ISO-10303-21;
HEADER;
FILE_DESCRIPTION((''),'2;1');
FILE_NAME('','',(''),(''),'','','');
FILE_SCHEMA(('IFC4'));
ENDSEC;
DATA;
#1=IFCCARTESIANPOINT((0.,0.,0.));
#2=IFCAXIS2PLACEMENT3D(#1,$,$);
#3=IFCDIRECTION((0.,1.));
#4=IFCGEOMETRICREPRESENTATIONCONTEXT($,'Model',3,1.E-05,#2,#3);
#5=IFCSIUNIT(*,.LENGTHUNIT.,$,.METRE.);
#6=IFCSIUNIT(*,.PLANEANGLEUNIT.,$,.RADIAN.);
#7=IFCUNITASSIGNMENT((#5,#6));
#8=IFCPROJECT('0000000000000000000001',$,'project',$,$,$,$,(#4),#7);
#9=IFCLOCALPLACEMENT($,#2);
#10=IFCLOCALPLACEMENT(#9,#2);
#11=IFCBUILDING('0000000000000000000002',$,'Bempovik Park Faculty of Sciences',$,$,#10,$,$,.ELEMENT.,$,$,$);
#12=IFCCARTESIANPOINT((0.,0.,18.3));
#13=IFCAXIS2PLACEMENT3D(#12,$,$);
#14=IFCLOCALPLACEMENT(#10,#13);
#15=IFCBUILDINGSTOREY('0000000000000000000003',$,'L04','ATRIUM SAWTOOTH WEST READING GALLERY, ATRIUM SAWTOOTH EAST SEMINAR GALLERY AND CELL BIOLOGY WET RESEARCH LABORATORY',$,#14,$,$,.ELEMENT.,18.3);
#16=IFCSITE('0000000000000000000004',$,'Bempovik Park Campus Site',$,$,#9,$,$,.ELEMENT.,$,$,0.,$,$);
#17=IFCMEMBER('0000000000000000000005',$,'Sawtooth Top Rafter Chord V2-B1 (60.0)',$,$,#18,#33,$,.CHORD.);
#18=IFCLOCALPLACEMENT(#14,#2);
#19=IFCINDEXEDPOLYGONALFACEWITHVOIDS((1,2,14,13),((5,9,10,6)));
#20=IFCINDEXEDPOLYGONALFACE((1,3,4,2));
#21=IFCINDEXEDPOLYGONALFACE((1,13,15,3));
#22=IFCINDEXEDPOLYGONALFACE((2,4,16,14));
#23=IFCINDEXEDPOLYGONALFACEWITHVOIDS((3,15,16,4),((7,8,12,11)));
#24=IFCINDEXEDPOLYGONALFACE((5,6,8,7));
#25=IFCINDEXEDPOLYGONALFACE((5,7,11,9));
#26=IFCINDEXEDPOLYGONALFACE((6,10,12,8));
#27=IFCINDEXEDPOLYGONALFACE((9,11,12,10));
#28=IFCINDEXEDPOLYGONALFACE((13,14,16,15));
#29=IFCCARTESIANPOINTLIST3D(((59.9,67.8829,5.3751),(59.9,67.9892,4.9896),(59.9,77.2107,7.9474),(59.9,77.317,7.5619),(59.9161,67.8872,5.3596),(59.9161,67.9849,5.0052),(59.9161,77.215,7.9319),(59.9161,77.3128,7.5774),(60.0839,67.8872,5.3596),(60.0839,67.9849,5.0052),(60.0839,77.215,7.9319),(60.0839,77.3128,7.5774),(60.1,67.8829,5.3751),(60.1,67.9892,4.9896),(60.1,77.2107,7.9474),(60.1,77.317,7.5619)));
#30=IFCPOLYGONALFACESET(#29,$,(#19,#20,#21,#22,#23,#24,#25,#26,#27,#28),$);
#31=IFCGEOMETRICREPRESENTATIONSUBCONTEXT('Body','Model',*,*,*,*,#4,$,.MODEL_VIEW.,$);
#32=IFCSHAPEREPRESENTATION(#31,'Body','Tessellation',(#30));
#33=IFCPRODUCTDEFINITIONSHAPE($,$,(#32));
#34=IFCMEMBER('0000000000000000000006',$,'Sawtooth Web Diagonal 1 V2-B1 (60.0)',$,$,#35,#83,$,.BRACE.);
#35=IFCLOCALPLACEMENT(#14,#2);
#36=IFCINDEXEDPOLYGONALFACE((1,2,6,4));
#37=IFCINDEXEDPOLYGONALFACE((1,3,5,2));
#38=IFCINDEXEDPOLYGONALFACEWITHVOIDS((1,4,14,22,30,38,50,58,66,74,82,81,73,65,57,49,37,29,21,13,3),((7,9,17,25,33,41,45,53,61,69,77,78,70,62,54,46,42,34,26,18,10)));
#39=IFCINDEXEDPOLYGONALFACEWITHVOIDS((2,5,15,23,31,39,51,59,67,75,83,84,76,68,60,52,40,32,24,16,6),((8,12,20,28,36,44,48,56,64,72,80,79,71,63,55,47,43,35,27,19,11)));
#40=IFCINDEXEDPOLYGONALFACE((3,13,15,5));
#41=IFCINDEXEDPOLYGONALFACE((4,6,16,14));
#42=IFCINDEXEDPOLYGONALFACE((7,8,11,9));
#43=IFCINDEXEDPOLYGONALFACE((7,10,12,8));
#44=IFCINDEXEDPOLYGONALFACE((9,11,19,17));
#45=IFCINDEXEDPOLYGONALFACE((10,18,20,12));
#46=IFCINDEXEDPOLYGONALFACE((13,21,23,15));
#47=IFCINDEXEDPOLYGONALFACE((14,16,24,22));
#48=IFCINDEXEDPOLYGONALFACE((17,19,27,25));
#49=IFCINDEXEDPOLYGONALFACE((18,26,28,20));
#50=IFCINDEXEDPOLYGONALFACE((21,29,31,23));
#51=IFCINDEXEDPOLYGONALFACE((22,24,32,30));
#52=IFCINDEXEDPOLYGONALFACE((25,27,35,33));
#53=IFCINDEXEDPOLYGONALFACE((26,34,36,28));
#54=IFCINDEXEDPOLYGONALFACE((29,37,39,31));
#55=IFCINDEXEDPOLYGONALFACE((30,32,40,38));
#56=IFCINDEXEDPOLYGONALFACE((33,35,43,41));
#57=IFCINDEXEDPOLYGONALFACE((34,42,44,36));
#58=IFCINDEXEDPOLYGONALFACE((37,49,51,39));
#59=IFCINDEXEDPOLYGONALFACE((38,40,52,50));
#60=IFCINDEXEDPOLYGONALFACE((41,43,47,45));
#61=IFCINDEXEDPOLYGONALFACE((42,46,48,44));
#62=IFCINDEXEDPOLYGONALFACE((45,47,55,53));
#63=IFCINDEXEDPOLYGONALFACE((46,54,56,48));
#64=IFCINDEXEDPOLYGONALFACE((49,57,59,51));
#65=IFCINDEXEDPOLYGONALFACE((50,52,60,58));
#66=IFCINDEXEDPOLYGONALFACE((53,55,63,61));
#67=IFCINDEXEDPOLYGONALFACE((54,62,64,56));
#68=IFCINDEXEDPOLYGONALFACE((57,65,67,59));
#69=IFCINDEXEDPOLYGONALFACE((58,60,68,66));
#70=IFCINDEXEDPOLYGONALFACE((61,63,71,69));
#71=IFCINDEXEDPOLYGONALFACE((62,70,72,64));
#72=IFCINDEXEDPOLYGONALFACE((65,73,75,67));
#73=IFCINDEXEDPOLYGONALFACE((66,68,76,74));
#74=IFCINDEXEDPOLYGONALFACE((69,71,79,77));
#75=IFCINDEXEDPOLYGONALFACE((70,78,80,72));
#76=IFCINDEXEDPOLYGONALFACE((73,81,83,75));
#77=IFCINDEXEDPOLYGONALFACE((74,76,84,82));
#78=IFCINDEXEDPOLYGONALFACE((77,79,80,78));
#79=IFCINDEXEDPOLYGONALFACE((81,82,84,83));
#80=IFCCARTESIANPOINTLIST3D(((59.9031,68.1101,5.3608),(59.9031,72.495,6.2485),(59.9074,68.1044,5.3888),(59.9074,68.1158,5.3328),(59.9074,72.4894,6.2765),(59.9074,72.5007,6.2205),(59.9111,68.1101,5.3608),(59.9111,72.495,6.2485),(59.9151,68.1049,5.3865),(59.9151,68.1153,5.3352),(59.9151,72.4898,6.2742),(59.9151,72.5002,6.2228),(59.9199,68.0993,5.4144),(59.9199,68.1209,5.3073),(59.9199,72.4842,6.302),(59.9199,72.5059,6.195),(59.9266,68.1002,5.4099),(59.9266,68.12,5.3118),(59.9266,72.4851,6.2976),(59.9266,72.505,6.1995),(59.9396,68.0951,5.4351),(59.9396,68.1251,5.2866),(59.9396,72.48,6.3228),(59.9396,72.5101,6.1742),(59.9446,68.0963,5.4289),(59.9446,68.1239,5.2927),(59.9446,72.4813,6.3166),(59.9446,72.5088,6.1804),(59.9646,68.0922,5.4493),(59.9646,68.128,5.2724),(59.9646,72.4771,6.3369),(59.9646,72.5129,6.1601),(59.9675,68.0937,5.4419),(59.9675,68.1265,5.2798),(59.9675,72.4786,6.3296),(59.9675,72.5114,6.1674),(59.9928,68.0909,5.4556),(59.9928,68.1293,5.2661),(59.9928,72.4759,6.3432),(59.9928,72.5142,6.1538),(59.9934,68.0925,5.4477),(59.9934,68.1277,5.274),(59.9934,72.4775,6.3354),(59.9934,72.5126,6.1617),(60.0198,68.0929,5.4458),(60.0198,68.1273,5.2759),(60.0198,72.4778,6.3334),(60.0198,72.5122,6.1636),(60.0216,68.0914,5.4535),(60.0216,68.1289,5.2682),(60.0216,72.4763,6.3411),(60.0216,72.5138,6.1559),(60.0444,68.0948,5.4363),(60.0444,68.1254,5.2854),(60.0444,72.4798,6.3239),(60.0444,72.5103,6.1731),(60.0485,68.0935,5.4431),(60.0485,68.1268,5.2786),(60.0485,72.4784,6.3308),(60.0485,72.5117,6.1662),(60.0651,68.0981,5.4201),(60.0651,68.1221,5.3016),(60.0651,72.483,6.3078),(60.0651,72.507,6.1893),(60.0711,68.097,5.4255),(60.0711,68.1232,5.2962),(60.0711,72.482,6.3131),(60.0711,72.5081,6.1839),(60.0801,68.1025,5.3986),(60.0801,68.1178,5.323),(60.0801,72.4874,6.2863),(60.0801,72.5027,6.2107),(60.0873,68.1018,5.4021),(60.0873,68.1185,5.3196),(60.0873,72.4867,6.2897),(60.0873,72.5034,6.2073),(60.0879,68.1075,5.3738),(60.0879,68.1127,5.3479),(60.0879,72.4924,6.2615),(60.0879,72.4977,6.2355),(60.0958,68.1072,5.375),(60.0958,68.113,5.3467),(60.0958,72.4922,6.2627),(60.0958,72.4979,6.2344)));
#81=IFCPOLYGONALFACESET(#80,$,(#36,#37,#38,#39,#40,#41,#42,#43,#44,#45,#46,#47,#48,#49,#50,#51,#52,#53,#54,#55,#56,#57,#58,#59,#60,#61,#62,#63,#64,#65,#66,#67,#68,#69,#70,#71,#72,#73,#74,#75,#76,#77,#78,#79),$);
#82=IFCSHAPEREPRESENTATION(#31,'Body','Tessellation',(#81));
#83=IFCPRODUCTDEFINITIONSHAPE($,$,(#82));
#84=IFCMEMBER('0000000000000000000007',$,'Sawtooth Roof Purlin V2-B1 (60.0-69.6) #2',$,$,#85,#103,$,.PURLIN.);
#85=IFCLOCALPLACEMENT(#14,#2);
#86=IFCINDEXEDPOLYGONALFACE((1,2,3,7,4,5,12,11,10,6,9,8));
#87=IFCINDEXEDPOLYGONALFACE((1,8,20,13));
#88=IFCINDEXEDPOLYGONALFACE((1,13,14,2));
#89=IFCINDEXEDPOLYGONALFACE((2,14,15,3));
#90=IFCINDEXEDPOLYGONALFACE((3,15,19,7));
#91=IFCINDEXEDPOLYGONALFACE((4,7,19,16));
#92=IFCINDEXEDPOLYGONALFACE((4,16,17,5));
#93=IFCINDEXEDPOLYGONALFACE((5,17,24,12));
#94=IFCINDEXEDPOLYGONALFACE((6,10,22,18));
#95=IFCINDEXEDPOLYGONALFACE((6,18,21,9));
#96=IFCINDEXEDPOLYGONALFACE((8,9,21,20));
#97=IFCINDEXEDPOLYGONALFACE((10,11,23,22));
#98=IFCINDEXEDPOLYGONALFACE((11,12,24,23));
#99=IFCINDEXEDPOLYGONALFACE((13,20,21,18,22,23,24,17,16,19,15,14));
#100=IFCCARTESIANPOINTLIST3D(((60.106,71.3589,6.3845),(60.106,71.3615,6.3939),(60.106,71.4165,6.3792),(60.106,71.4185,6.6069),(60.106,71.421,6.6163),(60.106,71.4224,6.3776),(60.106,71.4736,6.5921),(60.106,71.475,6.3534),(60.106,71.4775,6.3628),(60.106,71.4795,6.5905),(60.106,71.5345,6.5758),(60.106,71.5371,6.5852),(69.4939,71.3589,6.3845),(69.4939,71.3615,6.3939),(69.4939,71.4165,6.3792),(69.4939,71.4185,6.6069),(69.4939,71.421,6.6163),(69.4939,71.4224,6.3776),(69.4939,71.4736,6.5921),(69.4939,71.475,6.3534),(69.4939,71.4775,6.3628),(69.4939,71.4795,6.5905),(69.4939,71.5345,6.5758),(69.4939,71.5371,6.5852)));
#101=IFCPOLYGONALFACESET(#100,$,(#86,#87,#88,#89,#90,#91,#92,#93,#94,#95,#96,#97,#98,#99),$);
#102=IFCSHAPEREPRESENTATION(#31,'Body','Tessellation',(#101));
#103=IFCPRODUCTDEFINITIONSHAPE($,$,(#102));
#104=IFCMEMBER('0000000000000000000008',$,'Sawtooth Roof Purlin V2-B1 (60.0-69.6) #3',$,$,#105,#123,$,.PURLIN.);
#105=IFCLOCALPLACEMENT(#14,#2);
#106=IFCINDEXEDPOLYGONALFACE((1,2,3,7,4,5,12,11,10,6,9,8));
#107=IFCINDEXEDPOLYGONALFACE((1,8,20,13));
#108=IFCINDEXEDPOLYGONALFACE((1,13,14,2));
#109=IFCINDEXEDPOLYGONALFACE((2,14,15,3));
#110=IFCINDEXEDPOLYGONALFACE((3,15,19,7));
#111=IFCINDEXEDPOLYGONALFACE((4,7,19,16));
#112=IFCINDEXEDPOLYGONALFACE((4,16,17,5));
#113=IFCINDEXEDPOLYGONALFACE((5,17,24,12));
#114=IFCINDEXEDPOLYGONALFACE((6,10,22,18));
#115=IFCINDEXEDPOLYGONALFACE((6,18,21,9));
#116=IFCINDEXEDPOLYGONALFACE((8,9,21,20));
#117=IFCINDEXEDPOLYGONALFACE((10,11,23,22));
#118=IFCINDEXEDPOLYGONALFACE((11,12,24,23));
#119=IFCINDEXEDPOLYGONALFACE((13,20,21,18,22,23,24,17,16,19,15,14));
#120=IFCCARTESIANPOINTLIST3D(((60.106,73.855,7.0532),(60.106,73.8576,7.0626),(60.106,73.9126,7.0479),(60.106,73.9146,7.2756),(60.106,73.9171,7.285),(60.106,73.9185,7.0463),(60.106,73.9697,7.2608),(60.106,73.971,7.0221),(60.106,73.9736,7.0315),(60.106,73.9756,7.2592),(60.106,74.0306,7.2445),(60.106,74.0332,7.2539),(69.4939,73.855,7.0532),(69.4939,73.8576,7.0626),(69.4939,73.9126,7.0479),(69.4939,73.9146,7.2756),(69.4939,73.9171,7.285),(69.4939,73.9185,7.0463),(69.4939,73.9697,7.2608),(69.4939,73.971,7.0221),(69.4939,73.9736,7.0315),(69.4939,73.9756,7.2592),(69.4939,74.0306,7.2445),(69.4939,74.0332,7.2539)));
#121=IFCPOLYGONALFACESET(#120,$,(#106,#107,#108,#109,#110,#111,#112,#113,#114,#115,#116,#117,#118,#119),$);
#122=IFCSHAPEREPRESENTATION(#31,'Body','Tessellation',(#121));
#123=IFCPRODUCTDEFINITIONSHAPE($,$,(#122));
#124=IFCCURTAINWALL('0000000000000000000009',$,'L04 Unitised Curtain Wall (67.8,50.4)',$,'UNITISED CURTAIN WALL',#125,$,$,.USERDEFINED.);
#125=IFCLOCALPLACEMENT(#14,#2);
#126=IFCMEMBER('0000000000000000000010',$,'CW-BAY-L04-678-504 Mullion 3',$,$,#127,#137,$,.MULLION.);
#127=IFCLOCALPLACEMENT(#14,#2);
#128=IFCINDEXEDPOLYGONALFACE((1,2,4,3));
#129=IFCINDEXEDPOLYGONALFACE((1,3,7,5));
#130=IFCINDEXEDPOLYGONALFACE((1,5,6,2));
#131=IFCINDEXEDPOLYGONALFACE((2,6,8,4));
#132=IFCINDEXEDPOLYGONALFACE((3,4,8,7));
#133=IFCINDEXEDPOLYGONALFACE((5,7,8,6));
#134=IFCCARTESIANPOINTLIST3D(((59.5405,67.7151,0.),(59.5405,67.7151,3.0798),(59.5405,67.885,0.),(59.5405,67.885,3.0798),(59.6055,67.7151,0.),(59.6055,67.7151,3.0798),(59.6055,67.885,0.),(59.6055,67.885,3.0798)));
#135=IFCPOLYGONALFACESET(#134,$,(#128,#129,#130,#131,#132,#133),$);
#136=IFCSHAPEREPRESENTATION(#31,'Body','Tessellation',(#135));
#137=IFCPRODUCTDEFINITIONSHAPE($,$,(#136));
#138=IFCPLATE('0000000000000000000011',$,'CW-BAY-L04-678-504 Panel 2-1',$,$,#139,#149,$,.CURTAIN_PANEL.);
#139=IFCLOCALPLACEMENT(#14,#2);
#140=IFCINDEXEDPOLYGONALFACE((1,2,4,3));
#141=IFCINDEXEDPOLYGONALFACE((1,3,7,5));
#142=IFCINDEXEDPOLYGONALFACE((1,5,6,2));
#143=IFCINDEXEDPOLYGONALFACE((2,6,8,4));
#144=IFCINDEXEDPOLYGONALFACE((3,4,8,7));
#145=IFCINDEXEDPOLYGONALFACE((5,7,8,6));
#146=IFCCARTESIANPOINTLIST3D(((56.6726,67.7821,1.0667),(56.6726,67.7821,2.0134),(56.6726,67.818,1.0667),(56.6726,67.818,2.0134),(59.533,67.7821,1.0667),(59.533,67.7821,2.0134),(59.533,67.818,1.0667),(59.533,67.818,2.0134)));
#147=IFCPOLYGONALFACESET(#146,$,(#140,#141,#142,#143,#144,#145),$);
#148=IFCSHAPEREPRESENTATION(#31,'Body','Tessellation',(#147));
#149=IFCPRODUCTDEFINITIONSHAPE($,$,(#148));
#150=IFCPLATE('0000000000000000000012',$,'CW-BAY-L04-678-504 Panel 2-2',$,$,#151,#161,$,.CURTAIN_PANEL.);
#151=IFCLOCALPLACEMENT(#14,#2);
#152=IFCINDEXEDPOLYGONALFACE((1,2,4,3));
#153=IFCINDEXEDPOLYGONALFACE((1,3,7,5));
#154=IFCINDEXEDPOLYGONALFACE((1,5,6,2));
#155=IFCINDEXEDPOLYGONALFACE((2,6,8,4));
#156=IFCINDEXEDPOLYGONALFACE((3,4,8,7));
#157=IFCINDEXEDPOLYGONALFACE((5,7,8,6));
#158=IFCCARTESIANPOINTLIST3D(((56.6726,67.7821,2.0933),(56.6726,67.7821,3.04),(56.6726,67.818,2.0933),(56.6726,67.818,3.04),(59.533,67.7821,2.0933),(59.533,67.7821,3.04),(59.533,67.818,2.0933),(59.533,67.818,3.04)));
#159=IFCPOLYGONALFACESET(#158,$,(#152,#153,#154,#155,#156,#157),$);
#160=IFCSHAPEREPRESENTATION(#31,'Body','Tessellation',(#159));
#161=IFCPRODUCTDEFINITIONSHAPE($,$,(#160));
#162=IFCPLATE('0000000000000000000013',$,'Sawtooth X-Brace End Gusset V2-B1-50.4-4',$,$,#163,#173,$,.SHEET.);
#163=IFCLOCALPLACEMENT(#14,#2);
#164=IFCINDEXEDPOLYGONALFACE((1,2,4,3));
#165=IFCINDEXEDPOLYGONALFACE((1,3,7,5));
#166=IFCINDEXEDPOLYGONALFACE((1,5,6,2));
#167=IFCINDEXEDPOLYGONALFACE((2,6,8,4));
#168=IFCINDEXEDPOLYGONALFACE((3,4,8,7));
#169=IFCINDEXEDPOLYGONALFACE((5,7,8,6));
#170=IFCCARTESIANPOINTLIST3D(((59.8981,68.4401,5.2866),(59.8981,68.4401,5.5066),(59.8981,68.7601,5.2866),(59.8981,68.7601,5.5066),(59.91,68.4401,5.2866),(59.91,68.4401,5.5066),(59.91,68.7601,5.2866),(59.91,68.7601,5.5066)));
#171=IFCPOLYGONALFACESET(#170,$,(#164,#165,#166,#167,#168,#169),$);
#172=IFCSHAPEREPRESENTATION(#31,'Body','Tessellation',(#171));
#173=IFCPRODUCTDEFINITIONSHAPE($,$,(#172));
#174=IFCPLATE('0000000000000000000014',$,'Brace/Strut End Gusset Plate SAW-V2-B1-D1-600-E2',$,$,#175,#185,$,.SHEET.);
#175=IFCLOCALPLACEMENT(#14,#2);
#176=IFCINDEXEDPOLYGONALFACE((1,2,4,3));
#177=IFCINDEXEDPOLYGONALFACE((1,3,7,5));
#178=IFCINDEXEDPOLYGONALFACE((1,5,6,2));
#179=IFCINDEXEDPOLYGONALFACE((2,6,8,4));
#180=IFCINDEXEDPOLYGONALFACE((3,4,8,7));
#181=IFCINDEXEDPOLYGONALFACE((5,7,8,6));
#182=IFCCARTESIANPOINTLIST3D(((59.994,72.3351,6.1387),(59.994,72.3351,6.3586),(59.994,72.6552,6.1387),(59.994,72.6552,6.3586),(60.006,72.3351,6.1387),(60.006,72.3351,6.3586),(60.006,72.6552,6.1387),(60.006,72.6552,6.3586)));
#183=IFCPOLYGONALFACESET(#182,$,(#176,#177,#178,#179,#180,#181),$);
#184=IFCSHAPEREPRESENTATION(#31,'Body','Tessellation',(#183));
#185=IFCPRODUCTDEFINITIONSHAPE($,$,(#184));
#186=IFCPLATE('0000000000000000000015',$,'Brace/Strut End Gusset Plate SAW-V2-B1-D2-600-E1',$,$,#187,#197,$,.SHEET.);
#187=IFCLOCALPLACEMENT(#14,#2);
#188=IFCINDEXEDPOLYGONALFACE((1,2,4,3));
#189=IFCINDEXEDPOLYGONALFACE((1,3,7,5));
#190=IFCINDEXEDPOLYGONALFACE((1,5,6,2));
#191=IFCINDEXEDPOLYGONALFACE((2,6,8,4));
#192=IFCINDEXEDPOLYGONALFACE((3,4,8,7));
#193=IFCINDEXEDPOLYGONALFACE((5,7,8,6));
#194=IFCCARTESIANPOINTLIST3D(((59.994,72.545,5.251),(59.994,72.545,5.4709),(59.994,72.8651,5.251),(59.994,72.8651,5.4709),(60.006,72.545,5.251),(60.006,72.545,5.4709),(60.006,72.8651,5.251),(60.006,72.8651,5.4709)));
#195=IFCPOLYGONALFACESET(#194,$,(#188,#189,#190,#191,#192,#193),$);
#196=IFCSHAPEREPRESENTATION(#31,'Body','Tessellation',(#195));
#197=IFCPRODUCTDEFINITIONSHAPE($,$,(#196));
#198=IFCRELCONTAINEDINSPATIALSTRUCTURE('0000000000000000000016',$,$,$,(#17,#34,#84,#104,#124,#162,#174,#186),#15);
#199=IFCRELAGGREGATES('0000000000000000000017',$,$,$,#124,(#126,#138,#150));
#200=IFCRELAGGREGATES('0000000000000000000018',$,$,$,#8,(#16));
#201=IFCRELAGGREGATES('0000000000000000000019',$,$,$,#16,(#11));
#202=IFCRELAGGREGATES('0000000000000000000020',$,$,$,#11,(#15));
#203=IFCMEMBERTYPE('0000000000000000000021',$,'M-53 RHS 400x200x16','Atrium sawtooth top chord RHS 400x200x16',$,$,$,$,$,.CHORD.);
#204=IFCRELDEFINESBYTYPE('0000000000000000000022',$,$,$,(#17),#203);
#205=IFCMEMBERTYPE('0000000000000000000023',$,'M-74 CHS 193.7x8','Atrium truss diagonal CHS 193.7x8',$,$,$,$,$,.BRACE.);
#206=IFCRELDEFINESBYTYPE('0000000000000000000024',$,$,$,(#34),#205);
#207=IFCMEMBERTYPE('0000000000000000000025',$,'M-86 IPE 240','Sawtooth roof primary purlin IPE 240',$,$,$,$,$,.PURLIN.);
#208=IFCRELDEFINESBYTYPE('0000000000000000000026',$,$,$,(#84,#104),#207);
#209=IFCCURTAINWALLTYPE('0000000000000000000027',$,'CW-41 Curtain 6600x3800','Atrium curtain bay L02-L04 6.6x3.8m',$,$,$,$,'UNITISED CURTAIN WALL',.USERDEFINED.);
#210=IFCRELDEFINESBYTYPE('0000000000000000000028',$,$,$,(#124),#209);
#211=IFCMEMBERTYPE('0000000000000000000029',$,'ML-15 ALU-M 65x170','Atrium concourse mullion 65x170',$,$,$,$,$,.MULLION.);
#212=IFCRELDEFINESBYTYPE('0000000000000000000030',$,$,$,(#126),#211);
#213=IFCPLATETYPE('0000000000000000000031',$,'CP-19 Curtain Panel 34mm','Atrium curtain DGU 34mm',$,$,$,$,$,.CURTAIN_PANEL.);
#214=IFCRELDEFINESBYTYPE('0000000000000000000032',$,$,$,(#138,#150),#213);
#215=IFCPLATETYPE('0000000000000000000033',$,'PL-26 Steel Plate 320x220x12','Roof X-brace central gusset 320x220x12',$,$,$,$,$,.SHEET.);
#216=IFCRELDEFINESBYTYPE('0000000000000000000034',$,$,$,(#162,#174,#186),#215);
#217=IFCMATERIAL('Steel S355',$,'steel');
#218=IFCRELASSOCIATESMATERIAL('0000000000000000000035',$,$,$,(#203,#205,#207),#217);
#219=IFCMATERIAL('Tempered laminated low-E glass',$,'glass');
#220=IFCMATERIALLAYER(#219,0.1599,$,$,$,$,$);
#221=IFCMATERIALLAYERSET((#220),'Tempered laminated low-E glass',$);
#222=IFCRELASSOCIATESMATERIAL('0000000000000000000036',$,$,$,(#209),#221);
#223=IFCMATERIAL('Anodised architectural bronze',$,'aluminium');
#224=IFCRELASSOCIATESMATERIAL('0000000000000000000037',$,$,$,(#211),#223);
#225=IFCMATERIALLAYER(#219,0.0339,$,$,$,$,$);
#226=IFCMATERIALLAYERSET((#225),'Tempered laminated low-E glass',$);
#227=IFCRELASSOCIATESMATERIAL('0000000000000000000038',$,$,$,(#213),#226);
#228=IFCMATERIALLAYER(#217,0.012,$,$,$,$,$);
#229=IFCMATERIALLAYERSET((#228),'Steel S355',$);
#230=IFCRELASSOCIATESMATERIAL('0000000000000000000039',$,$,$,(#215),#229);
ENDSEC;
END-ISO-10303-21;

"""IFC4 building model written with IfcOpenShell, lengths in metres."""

from ifc_helpers import new_model, si_unit, direction, frame, origin, origin_2d, place, context, subcontext, project, spatial, rectangle, hollow_rectangle, hollow_circle, i_section, extrude, material, layer, layer_set, material_profile, profile_set, type_object, element, aggregate, save


model = new_model("IFC4")

# Units and contexts
model_context = context("Model", 3, precision=1e-05, world=origin(), true_north=direction((0.0, 1.0)))
body_context = subcontext(model_context, "Body", "Model", "MODEL_VIEW")
ifc_project = project(units=[si_unit("LENGTHUNIT", "METRE"), si_unit("PLANEANGLEUNIT", "RADIAN")], contexts=[model_context])

# Site, building, storey
site_placement = place(None, origin())
site = spatial("IfcSite", under=ifc_project, at=site_placement, Name="Bempovik Park Campus Site", CompositionType="ELEMENT", RefElevation=0.0)
building_placement = place(site_placement, origin())
building = spatial("IfcBuilding", under=site, at=building_placement, Name="Bempovik Park Faculty of Sciences", CompositionType="ELEMENT")
storey_placement = place(building_placement, frame((0.0, 0.0, 18.3)))
storey = spatial("IfcBuildingStorey", under=building, at=storey_placement, Name="L04", Description="ATRIUM SAWTOOTH WEST READING GALLERY, ATRIUM SAWTOOTH EAST SEMINAR GALLERY AND CELL BIOLOGY WET RESEARCH LABORATORY", CompositionType="ELEMENT", Elevation=18.3)

# Shared definitions
ifc_material_1 = material(Name="Steel S355", Category="steel")

# Members
ifc_material_profile_1 = material_profile(ifc_material_1, hollow_rectangle(XDim=0.2, YDim=0.3999, WallThickness=0.0161, at=origin_2d()), Name="RHS 400x200x16")
ifc_profile_set_1 = profile_set([ifc_material_profile_1], Name="Steel S355")
member_type_1 = type_object("IfcMemberType", Name="M-53 RHS 400x200x16", Description="Atrium sawtooth top chord RHS 400x200x16", PredefinedType="CHORD", material=ifc_profile_set_1)
member_1_placement = place(storey_placement, frame((60.0, 67.936, 5.1824), z_axis=(0.0, 0.964018, 0.265838), x_axis=(-1.0, 0.0, 0.0)))
element("IfcMember", 1, at=member_1_placement, inside=storey, type_object=member_type_1, Name="Sawtooth Top Rafter Chord V2-B1 (60.0)", PredefinedType="CHORD", context=body_context, shape_type="SweptSolid", body=[
    extrude(hollow_rectangle(XDim=0.2, YDim=0.3999, WallThickness=0.0161, at=origin_2d()), origin(), (0.0, 0.0, 1.0), 9.676),
])
ifc_material_profile_2 = material_profile(ifc_material_1, hollow_circle(Radius=0.0969, WallThickness=0.0081, at=origin_2d()), Name="CHS 193.7x8")
ifc_profile_set_2 = profile_set([ifc_material_profile_2], Name="Steel S355")
member_type_2 = type_object("IfcMemberType", Name="M-74 CHS 193.7x8", Description="Atrium truss diagonal CHS 193.7x8", PredefinedType="BRACE", material=ifc_profile_set_2)
member_2_placement = place(storey_placement, frame((60.0, 68.1101, 5.3608), z_axis=(0.0, 0.980118, 0.198414), x_axis=(-1.0, 0.0, 0.0)))
element("IfcMember", 2, at=member_2_placement, inside=storey, type_object=member_type_2, Name="Sawtooth Web Diagonal 1 V2-B1 (60.0)", PredefinedType="BRACE", context=body_context, shape_type="SweptSolid", body=[
    extrude(hollow_circle(Radius=0.0969, WallThickness=0.0081, at=origin_2d()), origin(), (0.0, 0.0, 1.0), 4.4739),
])
ifc_material_profile_3 = material_profile(ifc_material_1, i_section(OverallWidth=0.1201, OverallDepth=0.24, WebThickness=0.0061, FlangeThickness=0.0098, at=origin_2d()), Name="IPE 240")
ifc_profile_set_3 = profile_set([ifc_material_profile_3], Name="Steel S355")
member_type_3 = type_object("IfcMemberType", Name="M-86 IPE 240", Description="Sawtooth roof primary purlin IPE 240", PredefinedType="PURLIN", material=ifc_profile_set_3)
for number, where, z_axis, x_axis, name in (
    (3, (60.106, 71.448, 6.4849), (1.0, 0.0, 0.0), (0.0, 0.965926, -0.258819), "Sawtooth Roof Purlin V2-B1 (60.0-69.6) #2"),
    (4, (60.106, 73.9441, 7.1536), (1.0, 0.0, 0.0), (0.0, 0.965926, -0.258819), "Sawtooth Roof Purlin V2-B1 (60.0-69.6) #3"),
):
    element("IfcMember", number, at=place(storey_placement, frame(where, z_axis=z_axis, x_axis=x_axis)), inside=storey, type_object=member_type_3, Name=name, PredefinedType="PURLIN", context=body_context, shape_type="SweptSolid", body=[
        extrude(i_section(OverallWidth=0.1201, OverallDepth=0.24, WebThickness=0.0061, FlangeThickness=0.0098, at=origin_2d()), origin(), (0.0, 0.0, 1.0), 9.3879),
    ])

# Curtain wall, member, plates
ifc_material_2 = material(Name="Tempered laminated low-E glass", Category="glass")
ifc_layer_1 = layer(ifc_material_2, 0.1599)
ifc_layer_set_1 = layer_set([ifc_layer_1], Name="Tempered laminated low-E glass")
curtain_wall_type = type_object("IfcCurtainWallType", Name="CW-41 Curtain 6600x3800", Description="Atrium curtain bay L02-L04 6.6x3.8m", ElementType="UNITISED CURTAIN WALL", PredefinedType="USERDEFINED", material=ifc_layer_set_1)
curtain_wall_placement = place(storey_placement, origin())
curtain_wall = element("IfcCurtainWall", 5, at=curtain_wall_placement, inside=storey, type_object=curtain_wall_type, Name="L04 Unitised Curtain Wall (67.8,50.4)", ObjectType="UNITISED CURTAIN WALL", PredefinedType="USERDEFINED")
ifc_material_3 = material(Name="Anodised architectural bronze", Category="aluminium")
ifc_material_profile_4 = material_profile(ifc_material_3, rectangle(XDim=0.0649, YDim=0.1699, at=origin_2d()), Name="ALU-M 65x170")
ifc_profile_set_4 = profile_set([ifc_material_profile_4], Name="Anodised architectural bronze")
member_type_4 = type_object("IfcMemberType", Name="ML-15 ALU-M 65x170", Description="Atrium concourse mullion 65x170", PredefinedType="MULLION", material=ifc_profile_set_4)
member_3_placement = place(storey_placement, frame((59.573, 67.8, 0.0), z_axis=(0.0, 0.0, 1.0), x_axis=(1.0, 0.0, 0.0)))
member_3 = element("IfcMember", 6, at=member_3_placement, type_object=member_type_4, Name="CW-BAY-L04-678-504 Mullion 3", PredefinedType="MULLION", context=body_context, shape_type="SweptSolid", body=[
    extrude(rectangle(XDim=0.0649, YDim=0.1699, at=origin_2d()), origin(), (0.0, 0.0, 1.0), 3.0798),
])
ifc_layer_2 = layer(ifc_material_2, 0.0339)
ifc_layer_set_2 = layer_set([ifc_layer_2], Name="Tempered laminated low-E glass")
plate_type_1 = type_object("IfcPlateType", Name="CP-19 Curtain Panel 34mm", Description="Atrium curtain DGU 34mm", PredefinedType="CURTAIN_PANEL", material=ifc_layer_set_2)
plate_1_placement = place(storey_placement, frame((58.1028, 67.8, 1.0667), z_axis=(0.0, 0.0, 1.0), x_axis=(1.0, 0.0, 0.0)))
plate_1 = element("IfcPlate", 7, at=plate_1_placement, type_object=plate_type_1, Name="CW-BAY-L04-678-504 Panel 2-1", PredefinedType="CURTAIN_PANEL", context=body_context, shape_type="SweptSolid", body=[
    extrude(rectangle(XDim=2.8604, YDim=0.0359, at=origin_2d()), origin(), (0.0, 0.0, 1.0), 0.9468),
])
plate_2_placement = place(storey_placement, frame((58.1028, 67.8, 2.0933), z_axis=(0.0, 0.0, 1.0), x_axis=(1.0, 0.0, 0.0)))
plate_2 = element("IfcPlate", 8, at=plate_2_placement, type_object=plate_type_1, Name="CW-BAY-L04-678-504 Panel 2-2", PredefinedType="CURTAIN_PANEL", context=body_context, shape_type="SweptSolid", body=[
    extrude(rectangle(XDim=2.8604, YDim=0.0359, at=origin_2d()), origin(), (0.0, 0.0, 1.0), 0.9468),
])
aggregate(curtain_wall, [member_3, plate_1, plate_2])

# Plates
ifc_layer_3 = layer(ifc_material_1, 0.012)
ifc_layer_set_3 = layer_set([ifc_layer_3], Name="Steel S355")
plate_type_2 = type_object("IfcPlateType", Name="PL-26 Steel Plate 320x220x12", Description="Roof X-brace central gusset 320x220x12", PredefinedType="SHEET", material=ifc_layer_set_3)
for number, where, z_axis, x_axis, name in (
    (9, (59.9041, 68.6001, 5.2866), (0.0, 0.0, 1.0), (1.0, 0.0, 0.0), "Sawtooth X-Brace End Gusset V2-B1-50.4-4"),
    (10, (60.0, 72.4951, 6.1387), (0.0, 0.0, 1.0), (1.0, 0.0, 0.0), "Brace/Strut End Gusset Plate SAW-V2-B1-D1-600-E2"),
    (11, (60.0, 72.7051, 5.251), (0.0, 0.0, 1.0), (1.0, 0.0, 0.0), "Brace/Strut End Gusset Plate SAW-V2-B1-D2-600-E1"),
):
    element("IfcPlate", number, at=place(storey_placement, frame(where, z_axis=z_axis, x_axis=x_axis)), inside=storey, type_object=plate_type_2, Name=name, PredefinedType="SHEET", context=body_context, shape_type="SweptSolid", body=[
        extrude(rectangle(XDim=0.012, YDim=0.3201, at=origin_2d()), origin(), (0.0, 0.0, 1.0), 0.22),
    ])

save(model, "model.ifc")
